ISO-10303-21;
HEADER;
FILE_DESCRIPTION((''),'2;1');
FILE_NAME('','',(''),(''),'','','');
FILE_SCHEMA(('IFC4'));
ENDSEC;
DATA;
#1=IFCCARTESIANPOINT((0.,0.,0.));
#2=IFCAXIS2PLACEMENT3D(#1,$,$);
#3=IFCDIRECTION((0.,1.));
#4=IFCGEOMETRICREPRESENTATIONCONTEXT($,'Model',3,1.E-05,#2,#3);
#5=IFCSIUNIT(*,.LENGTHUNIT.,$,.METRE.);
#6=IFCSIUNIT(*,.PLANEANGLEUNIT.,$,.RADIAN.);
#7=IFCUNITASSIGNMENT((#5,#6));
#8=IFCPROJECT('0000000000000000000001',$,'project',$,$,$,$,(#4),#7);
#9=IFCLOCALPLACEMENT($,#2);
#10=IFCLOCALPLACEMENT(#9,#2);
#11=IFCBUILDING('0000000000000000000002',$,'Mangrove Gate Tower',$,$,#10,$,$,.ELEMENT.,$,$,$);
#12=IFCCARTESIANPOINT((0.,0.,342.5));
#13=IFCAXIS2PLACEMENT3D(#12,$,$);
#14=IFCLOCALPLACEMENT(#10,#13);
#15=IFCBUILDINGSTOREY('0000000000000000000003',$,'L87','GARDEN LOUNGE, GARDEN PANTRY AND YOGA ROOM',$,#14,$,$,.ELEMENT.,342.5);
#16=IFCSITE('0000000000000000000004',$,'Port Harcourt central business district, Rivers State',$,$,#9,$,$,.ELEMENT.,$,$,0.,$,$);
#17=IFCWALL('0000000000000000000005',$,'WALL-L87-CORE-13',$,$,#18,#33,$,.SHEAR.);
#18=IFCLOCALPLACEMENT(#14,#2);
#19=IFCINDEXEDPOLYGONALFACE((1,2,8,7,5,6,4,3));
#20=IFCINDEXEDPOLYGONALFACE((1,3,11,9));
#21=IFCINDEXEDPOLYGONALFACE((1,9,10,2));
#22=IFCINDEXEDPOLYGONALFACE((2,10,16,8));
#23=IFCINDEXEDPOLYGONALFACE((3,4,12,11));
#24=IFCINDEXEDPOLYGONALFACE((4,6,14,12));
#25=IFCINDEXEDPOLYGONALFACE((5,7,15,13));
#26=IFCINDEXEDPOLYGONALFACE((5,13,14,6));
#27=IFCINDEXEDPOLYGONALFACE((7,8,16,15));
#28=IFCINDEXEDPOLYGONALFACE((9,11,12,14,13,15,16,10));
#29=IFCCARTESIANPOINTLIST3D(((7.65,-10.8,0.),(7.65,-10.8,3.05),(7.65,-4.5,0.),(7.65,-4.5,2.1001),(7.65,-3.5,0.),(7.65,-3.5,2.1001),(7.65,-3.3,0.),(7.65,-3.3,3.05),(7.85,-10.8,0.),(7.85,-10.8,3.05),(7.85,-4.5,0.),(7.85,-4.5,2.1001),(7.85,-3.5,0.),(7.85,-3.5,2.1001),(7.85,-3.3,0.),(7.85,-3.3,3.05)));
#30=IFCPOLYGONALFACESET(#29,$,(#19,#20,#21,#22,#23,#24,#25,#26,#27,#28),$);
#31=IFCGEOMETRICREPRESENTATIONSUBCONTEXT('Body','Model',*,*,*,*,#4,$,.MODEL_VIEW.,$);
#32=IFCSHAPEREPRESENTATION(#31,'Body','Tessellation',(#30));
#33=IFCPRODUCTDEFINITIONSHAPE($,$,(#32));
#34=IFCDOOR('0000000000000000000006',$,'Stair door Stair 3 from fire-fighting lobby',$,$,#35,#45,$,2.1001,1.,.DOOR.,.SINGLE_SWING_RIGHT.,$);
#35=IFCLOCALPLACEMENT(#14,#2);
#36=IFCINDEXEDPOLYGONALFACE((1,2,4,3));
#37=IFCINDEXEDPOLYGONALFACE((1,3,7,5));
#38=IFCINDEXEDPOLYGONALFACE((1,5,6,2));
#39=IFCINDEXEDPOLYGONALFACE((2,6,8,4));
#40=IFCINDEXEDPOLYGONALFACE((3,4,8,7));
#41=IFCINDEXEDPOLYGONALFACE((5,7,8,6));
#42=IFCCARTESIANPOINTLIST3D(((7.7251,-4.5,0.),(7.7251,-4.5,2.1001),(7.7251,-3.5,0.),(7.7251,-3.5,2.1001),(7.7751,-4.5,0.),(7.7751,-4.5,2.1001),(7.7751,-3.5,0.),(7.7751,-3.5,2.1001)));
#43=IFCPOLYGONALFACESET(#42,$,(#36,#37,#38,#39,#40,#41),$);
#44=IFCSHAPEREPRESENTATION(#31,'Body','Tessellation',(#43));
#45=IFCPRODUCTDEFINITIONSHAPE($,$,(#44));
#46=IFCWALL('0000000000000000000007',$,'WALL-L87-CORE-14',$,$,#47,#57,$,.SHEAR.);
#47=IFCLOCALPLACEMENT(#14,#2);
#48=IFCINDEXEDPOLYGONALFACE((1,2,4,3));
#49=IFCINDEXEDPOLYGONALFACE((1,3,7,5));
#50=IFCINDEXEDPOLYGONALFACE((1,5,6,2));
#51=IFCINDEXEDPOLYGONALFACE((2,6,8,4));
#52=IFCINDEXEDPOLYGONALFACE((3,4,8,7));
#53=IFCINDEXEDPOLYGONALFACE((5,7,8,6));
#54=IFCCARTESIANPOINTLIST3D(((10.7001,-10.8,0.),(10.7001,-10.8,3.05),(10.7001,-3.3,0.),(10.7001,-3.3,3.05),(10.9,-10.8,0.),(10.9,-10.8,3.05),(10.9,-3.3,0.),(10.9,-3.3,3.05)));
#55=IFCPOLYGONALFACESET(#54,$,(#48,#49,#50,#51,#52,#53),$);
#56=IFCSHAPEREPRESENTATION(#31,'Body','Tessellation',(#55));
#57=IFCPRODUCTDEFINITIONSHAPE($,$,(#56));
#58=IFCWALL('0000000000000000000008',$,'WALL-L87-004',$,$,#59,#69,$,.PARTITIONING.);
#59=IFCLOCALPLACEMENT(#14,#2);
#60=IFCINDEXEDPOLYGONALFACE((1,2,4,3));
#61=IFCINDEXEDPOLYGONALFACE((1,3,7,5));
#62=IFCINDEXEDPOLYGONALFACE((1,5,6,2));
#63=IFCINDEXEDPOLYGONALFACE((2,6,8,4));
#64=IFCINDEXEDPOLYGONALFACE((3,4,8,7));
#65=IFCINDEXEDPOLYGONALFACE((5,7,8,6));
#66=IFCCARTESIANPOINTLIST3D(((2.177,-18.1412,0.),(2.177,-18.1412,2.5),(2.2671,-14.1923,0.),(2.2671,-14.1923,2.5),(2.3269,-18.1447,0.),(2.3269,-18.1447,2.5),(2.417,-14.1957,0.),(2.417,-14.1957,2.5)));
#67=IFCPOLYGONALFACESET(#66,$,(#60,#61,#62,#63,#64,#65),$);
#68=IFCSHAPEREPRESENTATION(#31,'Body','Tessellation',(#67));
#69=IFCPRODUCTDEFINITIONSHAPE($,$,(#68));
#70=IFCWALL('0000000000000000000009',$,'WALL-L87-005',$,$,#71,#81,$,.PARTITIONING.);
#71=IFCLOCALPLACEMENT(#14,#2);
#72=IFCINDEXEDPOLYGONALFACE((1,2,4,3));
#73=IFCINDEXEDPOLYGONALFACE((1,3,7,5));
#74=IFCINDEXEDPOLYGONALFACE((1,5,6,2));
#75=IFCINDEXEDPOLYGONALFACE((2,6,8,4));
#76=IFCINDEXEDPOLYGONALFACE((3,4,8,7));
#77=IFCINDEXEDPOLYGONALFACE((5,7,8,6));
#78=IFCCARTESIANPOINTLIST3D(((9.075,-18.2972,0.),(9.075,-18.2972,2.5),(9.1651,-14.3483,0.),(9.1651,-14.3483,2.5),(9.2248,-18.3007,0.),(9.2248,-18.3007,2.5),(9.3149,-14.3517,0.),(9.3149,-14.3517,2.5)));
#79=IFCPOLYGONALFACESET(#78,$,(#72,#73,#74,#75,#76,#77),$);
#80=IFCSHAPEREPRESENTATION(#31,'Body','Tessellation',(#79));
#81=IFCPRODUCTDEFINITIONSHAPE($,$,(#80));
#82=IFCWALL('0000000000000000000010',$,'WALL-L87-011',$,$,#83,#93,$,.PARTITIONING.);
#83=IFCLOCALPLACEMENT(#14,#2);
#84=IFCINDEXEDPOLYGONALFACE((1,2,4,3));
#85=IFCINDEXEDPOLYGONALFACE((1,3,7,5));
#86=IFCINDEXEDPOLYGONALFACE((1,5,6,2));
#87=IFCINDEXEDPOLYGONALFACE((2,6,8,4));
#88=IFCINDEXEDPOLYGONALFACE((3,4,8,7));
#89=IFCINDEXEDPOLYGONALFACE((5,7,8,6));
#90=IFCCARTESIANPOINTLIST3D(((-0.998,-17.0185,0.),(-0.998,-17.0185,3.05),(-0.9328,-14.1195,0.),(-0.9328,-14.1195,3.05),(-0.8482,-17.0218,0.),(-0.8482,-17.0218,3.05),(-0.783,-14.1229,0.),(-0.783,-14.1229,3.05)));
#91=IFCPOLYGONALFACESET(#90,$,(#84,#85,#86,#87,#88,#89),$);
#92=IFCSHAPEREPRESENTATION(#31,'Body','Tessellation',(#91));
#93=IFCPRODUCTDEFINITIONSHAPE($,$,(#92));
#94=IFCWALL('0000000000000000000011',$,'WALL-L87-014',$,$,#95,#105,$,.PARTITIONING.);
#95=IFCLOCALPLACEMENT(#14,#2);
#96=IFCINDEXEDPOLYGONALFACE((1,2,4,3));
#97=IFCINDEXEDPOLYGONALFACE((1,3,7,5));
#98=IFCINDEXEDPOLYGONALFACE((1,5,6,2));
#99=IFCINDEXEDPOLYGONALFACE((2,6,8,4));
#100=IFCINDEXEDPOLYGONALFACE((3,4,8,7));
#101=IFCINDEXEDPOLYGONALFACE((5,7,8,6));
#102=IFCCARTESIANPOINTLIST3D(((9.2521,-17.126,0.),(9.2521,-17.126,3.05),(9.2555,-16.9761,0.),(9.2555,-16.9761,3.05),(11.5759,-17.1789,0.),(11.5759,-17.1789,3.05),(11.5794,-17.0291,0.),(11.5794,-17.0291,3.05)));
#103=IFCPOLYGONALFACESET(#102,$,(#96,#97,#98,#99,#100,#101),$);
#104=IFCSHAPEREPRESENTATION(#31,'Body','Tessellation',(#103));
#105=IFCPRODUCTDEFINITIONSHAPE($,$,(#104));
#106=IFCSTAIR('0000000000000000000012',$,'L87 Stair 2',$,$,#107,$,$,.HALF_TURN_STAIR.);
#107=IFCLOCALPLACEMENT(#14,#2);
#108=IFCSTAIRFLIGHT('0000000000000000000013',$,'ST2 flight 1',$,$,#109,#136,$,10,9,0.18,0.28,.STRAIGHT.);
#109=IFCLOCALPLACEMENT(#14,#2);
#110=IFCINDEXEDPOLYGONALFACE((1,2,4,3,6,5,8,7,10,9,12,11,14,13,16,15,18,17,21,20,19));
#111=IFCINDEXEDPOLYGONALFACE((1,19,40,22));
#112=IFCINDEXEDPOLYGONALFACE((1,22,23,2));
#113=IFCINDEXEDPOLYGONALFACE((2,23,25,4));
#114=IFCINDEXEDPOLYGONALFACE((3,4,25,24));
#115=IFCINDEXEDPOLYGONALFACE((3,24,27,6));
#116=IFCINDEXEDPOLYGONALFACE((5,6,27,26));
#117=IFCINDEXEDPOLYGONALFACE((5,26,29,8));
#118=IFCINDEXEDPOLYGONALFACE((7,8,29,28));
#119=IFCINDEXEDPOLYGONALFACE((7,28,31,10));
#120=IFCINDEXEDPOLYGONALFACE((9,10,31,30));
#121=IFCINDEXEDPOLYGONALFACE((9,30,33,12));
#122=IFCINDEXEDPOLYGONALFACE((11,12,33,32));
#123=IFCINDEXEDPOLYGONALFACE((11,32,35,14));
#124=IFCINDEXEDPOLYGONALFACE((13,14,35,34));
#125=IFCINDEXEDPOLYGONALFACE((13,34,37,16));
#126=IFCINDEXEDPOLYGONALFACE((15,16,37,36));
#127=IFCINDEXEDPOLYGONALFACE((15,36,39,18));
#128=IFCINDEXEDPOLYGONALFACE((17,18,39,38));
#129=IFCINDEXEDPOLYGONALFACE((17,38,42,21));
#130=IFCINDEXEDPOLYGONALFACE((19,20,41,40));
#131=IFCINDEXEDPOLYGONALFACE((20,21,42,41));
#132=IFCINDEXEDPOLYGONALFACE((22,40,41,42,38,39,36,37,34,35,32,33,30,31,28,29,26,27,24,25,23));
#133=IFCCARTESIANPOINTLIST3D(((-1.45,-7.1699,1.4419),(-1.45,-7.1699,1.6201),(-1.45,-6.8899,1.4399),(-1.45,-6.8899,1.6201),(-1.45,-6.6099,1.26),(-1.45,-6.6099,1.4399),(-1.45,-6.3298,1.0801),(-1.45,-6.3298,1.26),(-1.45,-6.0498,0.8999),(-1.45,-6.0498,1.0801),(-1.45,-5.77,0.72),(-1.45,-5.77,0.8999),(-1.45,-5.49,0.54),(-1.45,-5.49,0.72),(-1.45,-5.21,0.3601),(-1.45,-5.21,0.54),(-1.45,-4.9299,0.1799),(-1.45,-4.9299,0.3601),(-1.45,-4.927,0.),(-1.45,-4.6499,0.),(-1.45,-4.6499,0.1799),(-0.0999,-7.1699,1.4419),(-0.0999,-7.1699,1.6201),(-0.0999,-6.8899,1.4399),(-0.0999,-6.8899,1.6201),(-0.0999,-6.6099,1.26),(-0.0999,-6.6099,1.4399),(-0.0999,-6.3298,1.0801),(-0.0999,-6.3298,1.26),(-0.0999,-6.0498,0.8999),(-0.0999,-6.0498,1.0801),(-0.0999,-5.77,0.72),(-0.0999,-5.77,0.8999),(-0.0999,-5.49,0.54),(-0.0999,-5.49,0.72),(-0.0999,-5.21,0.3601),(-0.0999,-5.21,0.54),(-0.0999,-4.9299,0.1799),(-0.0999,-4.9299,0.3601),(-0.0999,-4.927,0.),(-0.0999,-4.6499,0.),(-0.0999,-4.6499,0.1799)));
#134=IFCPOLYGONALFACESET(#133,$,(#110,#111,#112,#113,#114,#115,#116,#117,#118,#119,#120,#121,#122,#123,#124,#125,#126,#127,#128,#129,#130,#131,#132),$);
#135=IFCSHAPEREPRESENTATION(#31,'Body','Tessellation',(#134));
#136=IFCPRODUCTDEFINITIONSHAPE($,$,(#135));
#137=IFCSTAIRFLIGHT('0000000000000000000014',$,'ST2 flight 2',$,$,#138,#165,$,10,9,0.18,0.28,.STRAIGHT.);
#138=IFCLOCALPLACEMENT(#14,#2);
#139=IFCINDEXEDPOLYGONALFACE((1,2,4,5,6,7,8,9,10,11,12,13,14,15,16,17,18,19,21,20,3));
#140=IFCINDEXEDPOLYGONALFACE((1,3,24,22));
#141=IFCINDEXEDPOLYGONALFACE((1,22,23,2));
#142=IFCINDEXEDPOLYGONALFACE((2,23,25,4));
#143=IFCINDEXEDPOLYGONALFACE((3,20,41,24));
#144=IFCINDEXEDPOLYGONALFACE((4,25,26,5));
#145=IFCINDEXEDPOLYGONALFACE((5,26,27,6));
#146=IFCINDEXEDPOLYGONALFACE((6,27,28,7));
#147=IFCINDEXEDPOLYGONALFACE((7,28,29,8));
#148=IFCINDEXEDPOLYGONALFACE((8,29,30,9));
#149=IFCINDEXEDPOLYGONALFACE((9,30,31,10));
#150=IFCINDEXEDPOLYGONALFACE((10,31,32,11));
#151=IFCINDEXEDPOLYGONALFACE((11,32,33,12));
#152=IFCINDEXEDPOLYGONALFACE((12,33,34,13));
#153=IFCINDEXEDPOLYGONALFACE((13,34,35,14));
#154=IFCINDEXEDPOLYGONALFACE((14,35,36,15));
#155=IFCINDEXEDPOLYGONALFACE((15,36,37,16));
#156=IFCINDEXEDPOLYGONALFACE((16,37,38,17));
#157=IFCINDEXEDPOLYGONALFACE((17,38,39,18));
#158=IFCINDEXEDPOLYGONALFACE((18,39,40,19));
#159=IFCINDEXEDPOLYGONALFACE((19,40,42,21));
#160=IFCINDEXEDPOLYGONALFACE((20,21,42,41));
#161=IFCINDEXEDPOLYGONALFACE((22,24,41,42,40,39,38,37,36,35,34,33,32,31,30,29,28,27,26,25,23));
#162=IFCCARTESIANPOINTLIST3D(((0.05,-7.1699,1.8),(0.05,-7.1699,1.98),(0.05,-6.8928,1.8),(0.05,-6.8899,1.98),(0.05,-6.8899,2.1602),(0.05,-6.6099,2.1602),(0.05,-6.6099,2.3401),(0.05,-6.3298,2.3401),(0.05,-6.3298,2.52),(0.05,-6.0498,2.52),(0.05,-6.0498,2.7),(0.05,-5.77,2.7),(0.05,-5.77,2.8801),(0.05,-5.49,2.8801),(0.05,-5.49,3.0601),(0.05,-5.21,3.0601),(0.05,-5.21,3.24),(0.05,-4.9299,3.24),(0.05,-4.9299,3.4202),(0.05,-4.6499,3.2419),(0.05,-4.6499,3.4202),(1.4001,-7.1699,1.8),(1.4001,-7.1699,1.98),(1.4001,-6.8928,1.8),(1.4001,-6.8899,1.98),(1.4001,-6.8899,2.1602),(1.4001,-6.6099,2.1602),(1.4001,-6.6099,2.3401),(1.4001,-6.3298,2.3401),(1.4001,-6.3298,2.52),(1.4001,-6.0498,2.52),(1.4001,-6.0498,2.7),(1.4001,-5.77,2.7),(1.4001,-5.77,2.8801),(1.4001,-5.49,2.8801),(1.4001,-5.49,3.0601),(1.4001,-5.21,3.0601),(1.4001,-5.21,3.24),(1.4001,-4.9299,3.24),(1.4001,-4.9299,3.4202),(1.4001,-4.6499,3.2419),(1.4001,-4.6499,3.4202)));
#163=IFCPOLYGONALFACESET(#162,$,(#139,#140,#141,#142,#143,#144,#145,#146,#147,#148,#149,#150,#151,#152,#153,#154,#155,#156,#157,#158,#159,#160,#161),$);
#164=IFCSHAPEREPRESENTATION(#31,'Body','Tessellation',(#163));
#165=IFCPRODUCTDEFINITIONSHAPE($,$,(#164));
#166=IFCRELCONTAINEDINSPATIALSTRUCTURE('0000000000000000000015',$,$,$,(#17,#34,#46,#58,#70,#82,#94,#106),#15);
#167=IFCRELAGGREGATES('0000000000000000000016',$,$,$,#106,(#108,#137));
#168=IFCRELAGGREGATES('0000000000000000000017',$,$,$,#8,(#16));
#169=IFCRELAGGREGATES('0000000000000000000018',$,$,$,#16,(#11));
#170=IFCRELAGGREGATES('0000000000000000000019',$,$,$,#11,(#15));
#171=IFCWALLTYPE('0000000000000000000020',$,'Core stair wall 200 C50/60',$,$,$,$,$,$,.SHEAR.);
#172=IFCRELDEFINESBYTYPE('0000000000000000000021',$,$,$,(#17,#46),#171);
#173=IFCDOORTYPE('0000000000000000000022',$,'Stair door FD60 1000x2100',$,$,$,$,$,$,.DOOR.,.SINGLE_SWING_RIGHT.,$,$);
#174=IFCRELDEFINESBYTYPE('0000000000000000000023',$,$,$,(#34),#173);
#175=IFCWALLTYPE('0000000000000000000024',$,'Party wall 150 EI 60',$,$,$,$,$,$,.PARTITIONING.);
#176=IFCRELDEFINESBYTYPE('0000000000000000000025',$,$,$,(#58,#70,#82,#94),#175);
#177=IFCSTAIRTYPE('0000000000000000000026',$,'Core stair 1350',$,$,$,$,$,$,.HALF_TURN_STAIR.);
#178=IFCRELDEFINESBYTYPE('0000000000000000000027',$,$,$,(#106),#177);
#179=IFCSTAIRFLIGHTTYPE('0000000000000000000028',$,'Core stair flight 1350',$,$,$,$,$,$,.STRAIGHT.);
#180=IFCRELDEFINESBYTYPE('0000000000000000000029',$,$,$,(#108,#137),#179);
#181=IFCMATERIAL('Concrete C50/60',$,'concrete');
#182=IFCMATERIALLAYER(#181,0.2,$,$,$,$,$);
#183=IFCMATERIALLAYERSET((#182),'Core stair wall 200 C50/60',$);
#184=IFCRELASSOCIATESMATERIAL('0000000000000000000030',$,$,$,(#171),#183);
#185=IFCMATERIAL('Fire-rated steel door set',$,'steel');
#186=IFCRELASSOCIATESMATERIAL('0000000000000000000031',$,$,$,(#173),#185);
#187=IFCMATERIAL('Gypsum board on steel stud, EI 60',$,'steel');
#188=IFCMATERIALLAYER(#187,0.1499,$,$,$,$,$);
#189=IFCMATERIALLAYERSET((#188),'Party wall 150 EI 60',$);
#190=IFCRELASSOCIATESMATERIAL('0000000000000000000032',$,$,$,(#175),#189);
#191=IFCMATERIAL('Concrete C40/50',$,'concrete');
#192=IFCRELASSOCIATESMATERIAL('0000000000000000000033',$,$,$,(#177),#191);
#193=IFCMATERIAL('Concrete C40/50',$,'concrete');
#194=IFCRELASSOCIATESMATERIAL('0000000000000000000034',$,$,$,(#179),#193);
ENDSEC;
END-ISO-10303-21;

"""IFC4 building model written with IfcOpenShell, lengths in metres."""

from ifc_helpers import new_model, si_unit, direction, frame, frame_2d, origin, place, context, subcontext, project, spatial, polyline, rectangle, outline, extrude, material, layer, layer_set, type_object, element, fill, aggregate, save


model = new_model("IFC4")

# Units and contexts
model_context = context("Model", 3, precision=1e-05, world=origin(), true_north=direction((0.0, 1.0)))
body_context = subcontext(model_context, "Body", "Model", "MODEL_VIEW")
ifc_project = project(units=[si_unit("LENGTHUNIT", "METRE"), si_unit("PLANEANGLEUNIT", "RADIAN")], contexts=[model_context])

# Site, building, storey
site_placement = place(None, origin())
site = spatial("IfcSite", under=ifc_project, at=site_placement, Name="Port Harcourt central business district, Rivers State", CompositionType="ELEMENT", RefElevation=0.0)
building_placement = place(site_placement, origin())
building = spatial("IfcBuilding", under=site, at=building_placement, Name="Mangrove Gate Tower", CompositionType="ELEMENT")
storey_placement = place(building_placement, frame((0.0, 0.0, 342.5)))
storey = spatial("IfcBuildingStorey", under=building, at=storey_placement, Name="L87", Description="GARDEN LOUNGE, GARDEN PANTRY AND YOGA ROOM", CompositionType="ELEMENT", Elevation=342.5)

# Wall, opening, door
ifc_material_1 = material(Name="Concrete C50/60", Category="concrete")
ifc_layer_1 = layer(ifc_material_1, 0.2)
ifc_layer_set_1 = layer_set([ifc_layer_1], Name="Core stair wall 200 C50/60")
wall_type_1 = type_object("IfcWallType", Name="Core stair wall 200 C50/60", PredefinedType="SHEAR", material=ifc_layer_set_1)
ifc_material_2 = material(Name="Fire-rated steel door set", Category="steel")
door_type_1 = type_object("IfcDoorType", Name="Stair door FD60 1000x2100", OperationType="SINGLE_SWING_RIGHT", PredefinedType="DOOR", material=ifc_material_2)
wall_1_placement = place(storey_placement, frame((7.75, -10.8, 0.0), z_axis=(0.0, 0.0, 1.0), x_axis=(0.0, 1.0, 0.0)))
wall_1 = element("IfcWall", 1, at=wall_1_placement, inside=storey, type_object=wall_type_1, Name="WALL-L87-CORE-13", PredefinedType="SHEAR", context=body_context, shape_type="SweptSolid", body=[
    extrude(rectangle(XDim=7.5, YDim=0.2, at=frame_2d((3.75, 0.0))), origin(), (0.0, 0.0, 1.0), 3.05),
])
opening_1_placement = place(wall_1_placement, frame((6.3, 0.0, 0.0)))
opening_1 = element("IfcOpeningElement", 2, at=opening_1_placement, cuts=wall_1, PredefinedType="OPENING", context=body_context, shape_type="SweptSolid", body=[
    extrude(rectangle(XDim=1.0, YDim=2.1001, at=frame_2d((0.5, 1.05))), frame((0.0, 0.1099, 0.0), z_axis=(0.0, -1.0, 0.0), x_axis=(1.0, 0.0, 0.0)), (0.0, 0.0, 1.0), 0.22),
])
door_1_placement = place(opening_1_placement, origin())
door_1 = element("IfcDoor", 3, at=door_1_placement, inside=storey, type_object=door_type_1, Name="Stair door Stair 3 from fire-fighting lobby", OperationType="SINGLE_SWING_RIGHT", OverallHeight=2.1001, OverallWidth=1.0, PredefinedType="DOOR", context=body_context, shape_type="SweptSolid", body=[
    extrude(rectangle(XDim=1.0, YDim=2.1001, at=frame_2d((0.5, 1.05))), frame((0.0, 0.0249, 0.0), z_axis=(0.0, -1.0, 0.0), x_axis=(1.0, 0.0, 0.0)), (0.0, 0.0, 1.0), 0.05),
])
fill(opening_1, door_1)

# Walls
wall_2_placement = place(storey_placement, frame((10.8, -10.8, 0.0), z_axis=(0.0, 0.0, 1.0), x_axis=(0.0, 1.0, 0.0)))
element("IfcWall", 4, at=wall_2_placement, inside=storey, type_object=wall_type_1, Name="WALL-L87-CORE-14", PredefinedType="SHEAR", context=body_context, shape_type="SweptSolid", body=[
    extrude(rectangle(XDim=7.5, YDim=0.2, at=frame_2d((3.75, 0.0))), origin(), (0.0, 0.0, 1.0), 3.05),
])
ifc_material_3 = material(Name="Gypsum board on steel stud, EI 60", Category="steel")
ifc_layer_2 = layer(ifc_material_3, 0.1499)
ifc_layer_set_2 = layer_set([ifc_layer_2], Name="Party wall 150 EI 60")
wall_type_2 = type_object("IfcWallType", Name="Party wall 150 EI 60", PredefinedType="PARTITIONING", material=ifc_layer_set_2)
for number, where, z_axis, x_axis, name in (
    (5, (2.252, -18.1431, 0.0), (0.0, 0.0, 1.0), (0.022807, 0.99974, 0.0), "WALL-L87-004"),
    (6, (9.1499, -18.2991, 0.0), (0.0, 0.0, 1.0), (0.022807, 0.99974, 0.0), "WALL-L87-005"),
):
    element("IfcWall", number, at=place(storey_placement, frame(where, z_axis=z_axis, x_axis=x_axis)), inside=storey, type_object=wall_type_2, Name=name, PredefinedType="PARTITIONING", context=body_context, shape_type="SweptSolid", body=[
        extrude(rectangle(XDim=3.95, YDim=0.1499, at=frame_2d((1.9751, 0.0))), origin(), (0.0, 0.0, 1.0), 2.5),
    ])
wall_3_placement = place(storey_placement, frame((-0.9231, -17.02, 0.0), z_axis=(0.0, 0.0, 1.0), x_axis=(0.02248, 0.999747, 0.0)))
element("IfcWall", 7, at=wall_3_placement, inside=storey, type_object=wall_type_2, Name="WALL-L87-011", PredefinedType="PARTITIONING", context=body_context, shape_type="SweptSolid", body=[
    extrude(rectangle(XDim=2.8997, YDim=0.1499, at=frame_2d((1.4497, 0.0))), origin(), (0.0, 0.0, 1.0), 3.05),
])
wall_4_placement = place(storey_placement, frame((9.2539, -17.051, 0.0), z_axis=(0.0, 0.0, 1.0), x_axis=(0.99974, -0.022791, 0.0)))
element("IfcWall", 8, at=wall_4_placement, inside=storey, type_object=wall_type_2, Name="WALL-L87-014", PredefinedType="PARTITIONING", context=body_context, shape_type="SweptSolid", body=[
    extrude(rectangle(XDim=2.3245, YDim=0.1499, at=frame_2d((1.1621, 0.0))), origin(), (0.0, 0.0, 1.0), 3.05),
])

# Stair, stair flights
ifc_material_4 = material(Name="Concrete C40/50", Category="concrete")
stair_type = type_object("IfcStairType", Name="Core stair 1350", PredefinedType="HALF_TURN_STAIR", material=ifc_material_4)
stair_1_placement = place(storey_placement, origin())
stair_1 = element("IfcStair", 9, at=stair_1_placement, inside=storey, type_object=stair_type, Name="L87 Stair 2", PredefinedType="HALF_TURN_STAIR")
ifc_material_5 = material(Name="Concrete C40/50", Category="concrete")
stair_flight_type = type_object("IfcStairFlightType", Name="Core stair flight 1350", PredefinedType="STRAIGHT", material=ifc_material_5)
stair_flight_1_placement = place(storey_placement, frame((-0.7749, -4.6499, 0.0), z_axis=(0.0, 0.0, 1.0), x_axis=(0.0, -1.0, 0.0)))
stair_flight_1 = element("IfcStairFlight", 10, at=stair_flight_1_placement, type_object=stair_flight_type, Name="ST2 flight 1", NumberOfRisers=10, NumberOfTreads=9, PredefinedType="STRAIGHT", RiserHeight=0.18, TreadLength=0.28, context=body_context, shape_type="SweptSolid", body=[
    extrude(outline(polyline([(0.0, 0.0), (0.0, 0.1799), (0.28, 0.1799), (0.28, 0.3601), (0.5601, 0.3601), (0.5601, 0.54), (0.8401, 0.54), (0.8401, 0.72), (1.1201, 0.72), (1.1201, 0.8999), (1.3999, 0.8999), (1.3999, 1.0801), (1.6799, 1.0801), (1.6799, 1.26), (1.96, 1.26), (1.96, 1.4399), (2.24, 1.4399), (2.24, 1.6201), (2.52, 1.6201), (2.52, 1.8), (2.52, 1.4419), (0.2771, 0.0), (0.0, 0.0)])), frame((0.0, 0.675, 0.0), z_axis=(0.0, -1.0, 0.0), x_axis=(1.0, 0.0, 0.0)), (0.0, 0.0, 1.0), 1.3501),
])
stair_flight_2_placement = place(storey_placement, frame((0.7251, -7.1699, 1.8), z_axis=(0.0, 0.0, 1.0), x_axis=(0.0, 1.0, 0.0)))
stair_flight_2 = element("IfcStairFlight", 11, at=stair_flight_2_placement, type_object=stair_flight_type, Name="ST2 flight 2", NumberOfRisers=10, NumberOfTreads=9, PredefinedType="STRAIGHT", RiserHeight=0.18, TreadLength=0.28, context=body_context, shape_type="SweptSolid", body=[
    extrude(outline(polyline([(0.0, 0.0), (0.0, 0.1799), (0.28, 0.1799), (0.28, 0.3601), (0.5601, 0.3601), (0.5601, 0.54), (0.8401, 0.54), (0.8401, 0.72), (1.1201, 0.72), (1.1201, 0.8999), (1.3999, 0.8999), (1.3999, 1.0801), (1.6799, 1.0801), (1.6799, 1.26), (1.96, 1.26), (1.96, 1.4399), (2.24, 1.4399), (2.24, 1.6201), (2.52, 1.6201), (2.52, 1.8), (2.52, 1.4419), (0.2771, 0.0), (0.0, 0.0)])), frame((0.0, 0.675, 0.0), z_axis=(0.0, -1.0, 0.0), x_axis=(1.0, 0.0, 0.0)), (0.0, 0.0, 1.0), 1.3501),
])
aggregate(stair_1, [stair_flight_1, stair_flight_2])

save(model, "model.ifc")
